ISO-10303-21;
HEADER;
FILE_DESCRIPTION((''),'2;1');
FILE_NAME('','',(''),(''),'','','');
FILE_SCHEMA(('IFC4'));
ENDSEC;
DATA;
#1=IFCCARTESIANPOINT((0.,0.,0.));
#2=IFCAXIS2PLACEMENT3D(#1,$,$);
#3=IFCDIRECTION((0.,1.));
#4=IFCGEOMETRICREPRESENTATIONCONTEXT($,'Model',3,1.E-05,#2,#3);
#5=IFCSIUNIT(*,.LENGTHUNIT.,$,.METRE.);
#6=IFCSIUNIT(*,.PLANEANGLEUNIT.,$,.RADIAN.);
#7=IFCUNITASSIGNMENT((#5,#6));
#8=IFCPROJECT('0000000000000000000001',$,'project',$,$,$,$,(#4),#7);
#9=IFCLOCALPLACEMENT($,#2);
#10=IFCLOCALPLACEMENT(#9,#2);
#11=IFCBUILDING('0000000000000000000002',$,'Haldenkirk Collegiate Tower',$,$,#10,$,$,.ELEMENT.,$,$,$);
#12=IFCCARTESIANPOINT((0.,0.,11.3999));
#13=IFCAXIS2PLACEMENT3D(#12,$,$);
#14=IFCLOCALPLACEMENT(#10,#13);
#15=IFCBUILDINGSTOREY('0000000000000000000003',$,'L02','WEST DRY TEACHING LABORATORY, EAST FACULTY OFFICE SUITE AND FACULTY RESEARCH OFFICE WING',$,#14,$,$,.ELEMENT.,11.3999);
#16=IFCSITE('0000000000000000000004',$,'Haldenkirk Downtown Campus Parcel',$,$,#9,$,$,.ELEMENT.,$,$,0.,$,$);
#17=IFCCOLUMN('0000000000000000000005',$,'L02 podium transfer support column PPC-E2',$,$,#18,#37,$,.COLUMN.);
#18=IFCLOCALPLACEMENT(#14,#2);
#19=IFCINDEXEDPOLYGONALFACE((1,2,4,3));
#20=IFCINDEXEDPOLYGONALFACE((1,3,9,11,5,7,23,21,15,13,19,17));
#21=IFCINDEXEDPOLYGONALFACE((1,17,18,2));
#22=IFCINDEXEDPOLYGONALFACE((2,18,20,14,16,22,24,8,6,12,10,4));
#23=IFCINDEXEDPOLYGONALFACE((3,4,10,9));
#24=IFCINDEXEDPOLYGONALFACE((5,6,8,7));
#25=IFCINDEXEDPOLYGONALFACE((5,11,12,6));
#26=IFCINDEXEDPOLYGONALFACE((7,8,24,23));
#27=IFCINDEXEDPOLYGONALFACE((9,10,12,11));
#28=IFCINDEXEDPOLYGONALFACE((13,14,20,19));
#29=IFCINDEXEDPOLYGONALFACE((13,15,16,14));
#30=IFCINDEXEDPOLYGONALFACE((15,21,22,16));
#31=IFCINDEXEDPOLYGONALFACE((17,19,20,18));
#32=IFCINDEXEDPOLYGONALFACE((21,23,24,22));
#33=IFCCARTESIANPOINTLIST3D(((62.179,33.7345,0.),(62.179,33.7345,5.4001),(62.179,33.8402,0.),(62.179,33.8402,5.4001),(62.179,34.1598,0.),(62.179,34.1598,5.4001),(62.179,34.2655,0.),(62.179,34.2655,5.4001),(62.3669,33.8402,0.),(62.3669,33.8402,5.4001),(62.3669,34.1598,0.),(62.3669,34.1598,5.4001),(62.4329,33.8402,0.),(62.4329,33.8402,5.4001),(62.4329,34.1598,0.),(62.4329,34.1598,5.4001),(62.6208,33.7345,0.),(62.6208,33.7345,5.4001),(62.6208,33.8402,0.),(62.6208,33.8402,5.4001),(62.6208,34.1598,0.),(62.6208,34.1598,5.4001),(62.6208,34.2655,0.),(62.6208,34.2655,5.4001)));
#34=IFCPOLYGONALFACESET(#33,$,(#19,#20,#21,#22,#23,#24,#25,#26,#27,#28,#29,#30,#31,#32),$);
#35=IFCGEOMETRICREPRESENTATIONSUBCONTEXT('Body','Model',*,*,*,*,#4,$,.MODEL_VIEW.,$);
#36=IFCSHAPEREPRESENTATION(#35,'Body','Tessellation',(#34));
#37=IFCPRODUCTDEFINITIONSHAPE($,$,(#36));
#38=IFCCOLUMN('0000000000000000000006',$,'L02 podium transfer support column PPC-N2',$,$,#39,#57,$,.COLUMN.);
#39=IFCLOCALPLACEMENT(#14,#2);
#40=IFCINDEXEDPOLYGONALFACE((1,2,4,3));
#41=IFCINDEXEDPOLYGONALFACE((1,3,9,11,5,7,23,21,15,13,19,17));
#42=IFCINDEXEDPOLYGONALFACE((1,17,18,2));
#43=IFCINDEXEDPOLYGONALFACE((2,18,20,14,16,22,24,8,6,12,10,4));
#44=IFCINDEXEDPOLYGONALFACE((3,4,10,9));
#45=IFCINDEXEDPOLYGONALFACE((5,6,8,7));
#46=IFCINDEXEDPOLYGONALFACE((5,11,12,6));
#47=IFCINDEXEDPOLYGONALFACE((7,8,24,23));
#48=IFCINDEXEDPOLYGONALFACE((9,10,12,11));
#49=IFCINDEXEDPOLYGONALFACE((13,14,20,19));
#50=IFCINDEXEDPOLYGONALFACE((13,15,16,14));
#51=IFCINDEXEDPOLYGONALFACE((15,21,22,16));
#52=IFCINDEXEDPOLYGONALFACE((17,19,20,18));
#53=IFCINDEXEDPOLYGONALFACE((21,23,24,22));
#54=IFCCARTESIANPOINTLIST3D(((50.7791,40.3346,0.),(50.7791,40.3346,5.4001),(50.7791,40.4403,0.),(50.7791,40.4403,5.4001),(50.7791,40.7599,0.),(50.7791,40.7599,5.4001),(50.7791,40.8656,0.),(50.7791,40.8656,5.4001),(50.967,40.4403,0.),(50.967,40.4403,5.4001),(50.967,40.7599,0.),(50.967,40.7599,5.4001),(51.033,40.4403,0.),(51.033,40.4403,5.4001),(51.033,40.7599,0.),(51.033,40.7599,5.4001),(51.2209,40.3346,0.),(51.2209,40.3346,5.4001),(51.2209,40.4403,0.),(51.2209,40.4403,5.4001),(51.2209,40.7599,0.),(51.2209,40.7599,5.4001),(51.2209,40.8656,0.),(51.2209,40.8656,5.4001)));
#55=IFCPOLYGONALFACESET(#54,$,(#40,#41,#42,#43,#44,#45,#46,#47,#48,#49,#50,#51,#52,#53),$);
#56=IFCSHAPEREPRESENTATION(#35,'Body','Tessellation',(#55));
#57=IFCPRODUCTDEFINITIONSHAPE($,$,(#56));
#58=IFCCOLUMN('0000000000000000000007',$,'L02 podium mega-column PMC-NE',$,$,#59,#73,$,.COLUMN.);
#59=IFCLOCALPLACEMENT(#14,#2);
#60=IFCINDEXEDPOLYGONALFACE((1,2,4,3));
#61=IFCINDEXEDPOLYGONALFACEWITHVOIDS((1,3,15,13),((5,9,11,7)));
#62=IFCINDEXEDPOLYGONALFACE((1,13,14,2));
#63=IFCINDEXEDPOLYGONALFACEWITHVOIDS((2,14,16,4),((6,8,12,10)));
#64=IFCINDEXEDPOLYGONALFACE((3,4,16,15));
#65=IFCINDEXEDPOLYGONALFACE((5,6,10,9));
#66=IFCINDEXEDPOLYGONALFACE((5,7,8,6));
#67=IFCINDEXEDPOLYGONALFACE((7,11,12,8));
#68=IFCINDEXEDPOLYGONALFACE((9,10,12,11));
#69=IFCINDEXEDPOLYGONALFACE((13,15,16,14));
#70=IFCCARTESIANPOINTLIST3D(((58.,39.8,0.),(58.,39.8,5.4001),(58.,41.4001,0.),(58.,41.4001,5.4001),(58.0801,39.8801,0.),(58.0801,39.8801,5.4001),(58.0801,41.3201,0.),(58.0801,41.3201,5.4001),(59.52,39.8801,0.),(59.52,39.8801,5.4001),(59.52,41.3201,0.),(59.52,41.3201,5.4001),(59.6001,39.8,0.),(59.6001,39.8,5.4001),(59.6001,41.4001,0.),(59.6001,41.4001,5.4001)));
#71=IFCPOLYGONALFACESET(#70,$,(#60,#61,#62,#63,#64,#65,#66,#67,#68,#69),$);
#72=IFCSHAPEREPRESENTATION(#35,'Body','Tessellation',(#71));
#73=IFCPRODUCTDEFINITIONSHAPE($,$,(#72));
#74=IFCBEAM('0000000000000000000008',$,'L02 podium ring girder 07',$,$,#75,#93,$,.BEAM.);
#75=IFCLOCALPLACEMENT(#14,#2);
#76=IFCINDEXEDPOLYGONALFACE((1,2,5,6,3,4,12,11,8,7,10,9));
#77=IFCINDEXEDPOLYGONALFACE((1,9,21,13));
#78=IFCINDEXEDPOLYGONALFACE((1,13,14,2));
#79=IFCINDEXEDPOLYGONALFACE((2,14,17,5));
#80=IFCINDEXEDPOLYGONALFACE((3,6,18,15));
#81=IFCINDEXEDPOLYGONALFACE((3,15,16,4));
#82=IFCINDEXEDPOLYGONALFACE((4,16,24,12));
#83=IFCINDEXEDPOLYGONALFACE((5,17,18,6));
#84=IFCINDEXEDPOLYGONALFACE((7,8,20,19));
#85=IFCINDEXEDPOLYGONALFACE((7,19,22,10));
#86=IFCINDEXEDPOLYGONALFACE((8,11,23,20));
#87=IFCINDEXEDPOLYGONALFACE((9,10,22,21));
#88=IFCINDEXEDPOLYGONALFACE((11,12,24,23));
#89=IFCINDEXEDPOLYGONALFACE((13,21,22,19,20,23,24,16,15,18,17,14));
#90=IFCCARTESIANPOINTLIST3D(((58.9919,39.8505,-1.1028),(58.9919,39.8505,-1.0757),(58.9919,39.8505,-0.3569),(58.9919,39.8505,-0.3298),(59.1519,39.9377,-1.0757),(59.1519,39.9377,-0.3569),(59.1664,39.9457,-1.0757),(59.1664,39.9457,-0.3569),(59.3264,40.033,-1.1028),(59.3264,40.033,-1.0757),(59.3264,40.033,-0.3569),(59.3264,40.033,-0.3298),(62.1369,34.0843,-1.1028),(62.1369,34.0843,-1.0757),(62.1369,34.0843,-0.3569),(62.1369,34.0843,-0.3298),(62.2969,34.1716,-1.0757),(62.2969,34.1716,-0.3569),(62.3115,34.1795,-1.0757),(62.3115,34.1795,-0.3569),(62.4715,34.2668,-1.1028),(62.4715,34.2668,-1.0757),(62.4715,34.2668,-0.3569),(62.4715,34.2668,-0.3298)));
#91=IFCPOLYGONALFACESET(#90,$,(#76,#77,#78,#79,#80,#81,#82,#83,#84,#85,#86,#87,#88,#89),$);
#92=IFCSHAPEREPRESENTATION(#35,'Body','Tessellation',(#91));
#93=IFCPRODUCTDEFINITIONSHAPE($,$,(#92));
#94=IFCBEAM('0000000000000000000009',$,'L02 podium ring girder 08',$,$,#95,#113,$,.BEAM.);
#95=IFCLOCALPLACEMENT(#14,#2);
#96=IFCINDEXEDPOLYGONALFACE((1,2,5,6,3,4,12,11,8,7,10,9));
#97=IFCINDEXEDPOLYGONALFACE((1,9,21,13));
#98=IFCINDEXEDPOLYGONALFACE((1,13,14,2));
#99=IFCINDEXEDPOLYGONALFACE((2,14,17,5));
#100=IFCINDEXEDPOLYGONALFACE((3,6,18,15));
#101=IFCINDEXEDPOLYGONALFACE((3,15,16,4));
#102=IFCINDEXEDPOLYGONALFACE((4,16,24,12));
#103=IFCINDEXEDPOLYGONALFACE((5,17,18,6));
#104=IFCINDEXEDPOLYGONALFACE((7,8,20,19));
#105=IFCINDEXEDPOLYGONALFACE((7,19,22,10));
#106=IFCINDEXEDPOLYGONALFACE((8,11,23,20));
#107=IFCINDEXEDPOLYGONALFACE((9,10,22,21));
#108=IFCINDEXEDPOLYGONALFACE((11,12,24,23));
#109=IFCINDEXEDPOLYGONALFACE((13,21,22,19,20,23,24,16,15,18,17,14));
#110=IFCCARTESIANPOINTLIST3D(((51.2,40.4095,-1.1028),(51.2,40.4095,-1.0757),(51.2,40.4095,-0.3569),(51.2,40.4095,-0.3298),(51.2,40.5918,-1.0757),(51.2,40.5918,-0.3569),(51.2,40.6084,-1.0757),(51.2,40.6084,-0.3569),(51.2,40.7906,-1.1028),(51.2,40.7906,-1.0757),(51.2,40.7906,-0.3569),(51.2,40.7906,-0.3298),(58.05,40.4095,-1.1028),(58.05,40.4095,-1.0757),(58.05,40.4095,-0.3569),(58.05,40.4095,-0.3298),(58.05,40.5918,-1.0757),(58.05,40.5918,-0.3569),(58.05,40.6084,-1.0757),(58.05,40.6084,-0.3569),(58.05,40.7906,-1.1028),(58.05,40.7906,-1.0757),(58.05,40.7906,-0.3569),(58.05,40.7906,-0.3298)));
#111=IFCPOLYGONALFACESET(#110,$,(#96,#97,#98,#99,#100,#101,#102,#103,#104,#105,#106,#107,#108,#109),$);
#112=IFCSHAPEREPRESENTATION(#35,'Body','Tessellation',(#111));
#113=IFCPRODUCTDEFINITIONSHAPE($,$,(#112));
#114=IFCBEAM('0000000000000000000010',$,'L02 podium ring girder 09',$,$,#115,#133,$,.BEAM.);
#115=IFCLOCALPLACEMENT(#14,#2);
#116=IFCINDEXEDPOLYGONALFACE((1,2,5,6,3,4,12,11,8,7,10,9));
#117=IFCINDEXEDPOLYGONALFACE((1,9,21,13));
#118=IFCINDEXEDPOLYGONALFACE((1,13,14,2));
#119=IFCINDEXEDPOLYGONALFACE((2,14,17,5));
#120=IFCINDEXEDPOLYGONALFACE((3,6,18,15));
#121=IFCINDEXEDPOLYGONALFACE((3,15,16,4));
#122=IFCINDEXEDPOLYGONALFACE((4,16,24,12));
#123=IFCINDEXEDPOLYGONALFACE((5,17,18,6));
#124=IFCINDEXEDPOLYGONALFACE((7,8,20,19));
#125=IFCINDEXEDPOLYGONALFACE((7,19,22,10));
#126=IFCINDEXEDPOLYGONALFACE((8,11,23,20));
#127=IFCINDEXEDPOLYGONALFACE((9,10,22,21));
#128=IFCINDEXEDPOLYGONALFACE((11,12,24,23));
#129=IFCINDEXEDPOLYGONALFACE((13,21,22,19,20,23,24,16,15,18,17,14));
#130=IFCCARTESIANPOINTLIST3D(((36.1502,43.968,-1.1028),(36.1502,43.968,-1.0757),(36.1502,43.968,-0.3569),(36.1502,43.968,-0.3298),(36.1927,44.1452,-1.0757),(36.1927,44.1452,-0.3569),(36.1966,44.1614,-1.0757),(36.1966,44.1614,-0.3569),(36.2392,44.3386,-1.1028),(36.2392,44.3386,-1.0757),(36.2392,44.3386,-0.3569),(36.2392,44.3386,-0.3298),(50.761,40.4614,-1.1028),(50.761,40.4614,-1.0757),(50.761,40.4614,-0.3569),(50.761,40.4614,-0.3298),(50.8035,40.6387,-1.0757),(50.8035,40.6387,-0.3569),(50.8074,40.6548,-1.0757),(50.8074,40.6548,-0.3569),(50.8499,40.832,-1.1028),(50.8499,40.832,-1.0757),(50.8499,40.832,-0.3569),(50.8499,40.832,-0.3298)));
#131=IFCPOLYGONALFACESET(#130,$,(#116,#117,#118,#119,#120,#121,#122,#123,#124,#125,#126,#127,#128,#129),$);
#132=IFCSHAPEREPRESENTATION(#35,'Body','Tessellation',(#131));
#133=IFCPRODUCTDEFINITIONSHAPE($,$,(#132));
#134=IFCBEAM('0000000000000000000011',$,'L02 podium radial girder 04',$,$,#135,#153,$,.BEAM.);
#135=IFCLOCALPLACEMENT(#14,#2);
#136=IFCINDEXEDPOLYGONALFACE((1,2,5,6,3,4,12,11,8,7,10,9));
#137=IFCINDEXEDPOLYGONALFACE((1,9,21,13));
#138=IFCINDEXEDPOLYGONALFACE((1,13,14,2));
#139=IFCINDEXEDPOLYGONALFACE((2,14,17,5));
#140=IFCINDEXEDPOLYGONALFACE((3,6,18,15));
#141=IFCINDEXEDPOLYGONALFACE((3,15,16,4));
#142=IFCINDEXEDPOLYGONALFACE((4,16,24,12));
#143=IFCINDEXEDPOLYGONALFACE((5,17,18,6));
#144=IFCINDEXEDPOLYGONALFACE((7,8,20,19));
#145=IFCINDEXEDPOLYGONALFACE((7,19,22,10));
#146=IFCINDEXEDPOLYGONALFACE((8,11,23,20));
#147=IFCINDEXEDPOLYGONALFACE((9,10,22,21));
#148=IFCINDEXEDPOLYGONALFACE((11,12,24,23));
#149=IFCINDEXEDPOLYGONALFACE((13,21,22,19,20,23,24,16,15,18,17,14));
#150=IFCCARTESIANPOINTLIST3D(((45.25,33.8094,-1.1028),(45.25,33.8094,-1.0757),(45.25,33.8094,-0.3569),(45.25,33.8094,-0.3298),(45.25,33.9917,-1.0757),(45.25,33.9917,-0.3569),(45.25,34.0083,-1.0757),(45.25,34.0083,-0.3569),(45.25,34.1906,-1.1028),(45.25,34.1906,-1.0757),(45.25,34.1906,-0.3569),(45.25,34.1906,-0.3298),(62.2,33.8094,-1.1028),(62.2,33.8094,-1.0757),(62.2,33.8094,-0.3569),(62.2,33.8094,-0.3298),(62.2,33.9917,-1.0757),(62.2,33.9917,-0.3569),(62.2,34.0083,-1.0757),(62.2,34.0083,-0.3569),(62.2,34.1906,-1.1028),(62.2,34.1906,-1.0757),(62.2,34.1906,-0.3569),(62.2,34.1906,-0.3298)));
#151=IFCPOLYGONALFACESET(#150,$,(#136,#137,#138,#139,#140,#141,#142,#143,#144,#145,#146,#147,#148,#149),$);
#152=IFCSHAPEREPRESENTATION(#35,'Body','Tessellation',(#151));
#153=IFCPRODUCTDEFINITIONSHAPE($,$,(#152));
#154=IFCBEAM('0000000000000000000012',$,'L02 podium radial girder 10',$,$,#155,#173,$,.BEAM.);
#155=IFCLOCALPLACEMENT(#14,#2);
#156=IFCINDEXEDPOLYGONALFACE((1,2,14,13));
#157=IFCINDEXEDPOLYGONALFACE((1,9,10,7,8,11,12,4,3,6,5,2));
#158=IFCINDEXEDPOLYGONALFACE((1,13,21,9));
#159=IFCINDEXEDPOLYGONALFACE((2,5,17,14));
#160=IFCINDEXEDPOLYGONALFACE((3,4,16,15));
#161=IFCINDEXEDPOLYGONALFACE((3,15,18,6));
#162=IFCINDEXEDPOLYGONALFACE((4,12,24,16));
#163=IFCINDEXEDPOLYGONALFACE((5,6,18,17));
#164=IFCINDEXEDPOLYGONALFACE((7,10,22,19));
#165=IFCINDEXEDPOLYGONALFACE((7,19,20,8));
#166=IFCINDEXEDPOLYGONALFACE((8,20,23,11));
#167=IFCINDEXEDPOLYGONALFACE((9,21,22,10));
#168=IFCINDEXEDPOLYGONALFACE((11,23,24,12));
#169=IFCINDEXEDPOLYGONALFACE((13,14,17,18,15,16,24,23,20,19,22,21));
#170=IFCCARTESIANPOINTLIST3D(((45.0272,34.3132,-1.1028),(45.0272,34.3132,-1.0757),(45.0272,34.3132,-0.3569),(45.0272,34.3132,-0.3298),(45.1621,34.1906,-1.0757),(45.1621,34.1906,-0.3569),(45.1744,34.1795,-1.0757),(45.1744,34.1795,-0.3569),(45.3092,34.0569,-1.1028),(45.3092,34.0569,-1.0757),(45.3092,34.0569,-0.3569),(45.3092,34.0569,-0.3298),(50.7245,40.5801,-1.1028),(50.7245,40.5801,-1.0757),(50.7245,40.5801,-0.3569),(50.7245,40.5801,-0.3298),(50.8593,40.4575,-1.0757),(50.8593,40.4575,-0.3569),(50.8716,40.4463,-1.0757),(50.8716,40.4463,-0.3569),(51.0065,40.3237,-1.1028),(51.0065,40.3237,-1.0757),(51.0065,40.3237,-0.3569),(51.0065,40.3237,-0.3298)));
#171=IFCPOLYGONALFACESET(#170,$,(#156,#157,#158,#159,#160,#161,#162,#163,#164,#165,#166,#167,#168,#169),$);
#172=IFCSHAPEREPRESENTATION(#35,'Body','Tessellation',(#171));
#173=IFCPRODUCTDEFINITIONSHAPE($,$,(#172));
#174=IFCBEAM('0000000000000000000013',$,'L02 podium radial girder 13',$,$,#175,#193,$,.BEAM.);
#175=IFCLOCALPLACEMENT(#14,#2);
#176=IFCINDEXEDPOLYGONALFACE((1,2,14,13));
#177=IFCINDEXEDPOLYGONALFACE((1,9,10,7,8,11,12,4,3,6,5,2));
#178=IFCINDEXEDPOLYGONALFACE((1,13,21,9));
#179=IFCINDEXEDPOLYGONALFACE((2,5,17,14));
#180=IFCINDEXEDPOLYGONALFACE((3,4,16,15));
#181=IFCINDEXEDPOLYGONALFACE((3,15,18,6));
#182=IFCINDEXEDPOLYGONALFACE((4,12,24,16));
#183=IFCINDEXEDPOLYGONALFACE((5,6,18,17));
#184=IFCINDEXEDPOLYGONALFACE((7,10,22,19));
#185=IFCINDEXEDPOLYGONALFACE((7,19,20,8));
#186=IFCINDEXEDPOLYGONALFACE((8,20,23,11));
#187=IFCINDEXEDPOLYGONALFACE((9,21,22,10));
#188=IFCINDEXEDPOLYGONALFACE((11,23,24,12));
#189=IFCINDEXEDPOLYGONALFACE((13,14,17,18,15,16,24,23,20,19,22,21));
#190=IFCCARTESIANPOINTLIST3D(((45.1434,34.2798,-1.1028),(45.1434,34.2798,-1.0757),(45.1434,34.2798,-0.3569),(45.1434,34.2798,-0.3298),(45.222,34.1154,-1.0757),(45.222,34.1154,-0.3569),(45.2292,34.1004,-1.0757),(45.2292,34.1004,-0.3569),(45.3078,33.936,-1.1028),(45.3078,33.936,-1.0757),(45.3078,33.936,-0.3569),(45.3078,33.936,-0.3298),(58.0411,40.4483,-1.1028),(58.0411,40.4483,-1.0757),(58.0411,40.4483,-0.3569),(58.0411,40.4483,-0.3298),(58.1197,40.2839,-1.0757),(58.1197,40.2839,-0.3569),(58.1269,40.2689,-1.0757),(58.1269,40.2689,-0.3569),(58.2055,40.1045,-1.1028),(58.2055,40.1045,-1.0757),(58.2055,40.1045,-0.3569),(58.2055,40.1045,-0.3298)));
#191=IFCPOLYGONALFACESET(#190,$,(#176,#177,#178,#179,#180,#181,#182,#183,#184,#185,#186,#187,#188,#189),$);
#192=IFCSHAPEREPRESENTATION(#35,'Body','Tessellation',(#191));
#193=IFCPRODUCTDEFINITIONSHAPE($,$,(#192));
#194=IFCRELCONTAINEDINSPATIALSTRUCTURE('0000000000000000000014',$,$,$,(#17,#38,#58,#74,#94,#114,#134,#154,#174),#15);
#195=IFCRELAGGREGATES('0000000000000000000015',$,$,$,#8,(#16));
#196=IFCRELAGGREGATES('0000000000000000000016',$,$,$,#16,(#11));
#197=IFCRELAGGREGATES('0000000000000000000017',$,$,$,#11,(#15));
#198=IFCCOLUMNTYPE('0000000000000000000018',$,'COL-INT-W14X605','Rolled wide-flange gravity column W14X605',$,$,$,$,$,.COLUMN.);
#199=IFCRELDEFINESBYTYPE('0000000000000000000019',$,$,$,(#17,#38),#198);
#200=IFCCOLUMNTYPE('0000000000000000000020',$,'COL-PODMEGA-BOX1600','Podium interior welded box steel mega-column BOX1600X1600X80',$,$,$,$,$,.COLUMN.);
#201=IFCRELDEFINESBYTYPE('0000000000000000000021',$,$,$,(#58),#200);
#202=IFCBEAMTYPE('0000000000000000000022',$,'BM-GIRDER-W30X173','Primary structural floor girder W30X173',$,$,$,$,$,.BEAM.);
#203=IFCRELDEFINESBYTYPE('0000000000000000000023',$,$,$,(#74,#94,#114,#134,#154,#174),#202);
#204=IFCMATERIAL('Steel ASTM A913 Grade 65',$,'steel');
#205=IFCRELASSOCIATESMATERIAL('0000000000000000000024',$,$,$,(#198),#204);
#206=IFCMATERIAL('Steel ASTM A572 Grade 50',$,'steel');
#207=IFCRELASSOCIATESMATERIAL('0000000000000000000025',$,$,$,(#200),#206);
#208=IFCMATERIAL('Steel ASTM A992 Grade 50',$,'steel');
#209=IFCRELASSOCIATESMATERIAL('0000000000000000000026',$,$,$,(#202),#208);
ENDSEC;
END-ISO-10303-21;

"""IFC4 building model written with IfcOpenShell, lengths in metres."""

from ifc_helpers import new_model, si_unit, direction, frame, origin, origin_2d, place, context, subcontext, project, spatial, hollow_rectangle, i_section, extrude, material, material_profile, profile_set, type_object, element, save


model = new_model("IFC4")

# Units and contexts
model_context = context("Model", 3, precision=1e-05, world=origin(), true_north=direction((0.0, 1.0)))
body_context = subcontext(model_context, "Body", "Model", "MODEL_VIEW")
ifc_project = project(units=[si_unit("LENGTHUNIT", "METRE"), si_unit("PLANEANGLEUNIT", "RADIAN")], contexts=[model_context])

# Site, building, storey
site_placement = place(None, origin())
site = spatial("IfcSite", under=ifc_project, at=site_placement, Name="Haldenkirk Downtown Campus Parcel", CompositionType="ELEMENT", RefElevation=0.0)
building_placement = place(site_placement, origin())
building = spatial("IfcBuilding", under=site, at=building_placement, Name="Haldenkirk Collegiate Tower", CompositionType="ELEMENT")
storey_placement = place(building_placement, frame((0.0, 0.0, 11.3999)))
storey = spatial("IfcBuildingStorey", under=building, at=storey_placement, Name="L02", Description="WEST DRY TEACHING LABORATORY, EAST FACULTY OFFICE SUITE AND FACULTY RESEARCH OFFICE WING", CompositionType="ELEMENT", Elevation=11.3999)

# Columns
ifc_material_1 = material(Name="Steel ASTM A913 Grade 65", Category="steel")
ifc_material_profile_1 = material_profile(ifc_material_1, i_section(OverallWidth=0.4419, OverallDepth=0.531, WebThickness=0.0659, FlangeThickness=0.1057, at=origin_2d()), Name="W14X605")
ifc_profile_set_1 = profile_set([ifc_material_profile_1], Name="Steel ASTM A913 Grade 65")
column_type_1 = type_object("IfcColumnType", Name="COL-INT-W14X605", Description="Rolled wide-flange gravity column W14X605", PredefinedType="COLUMN", material=ifc_profile_set_1)
for number, where, z_axis, x_axis, name in (
    (1, (62.3999, 34.0, 0.0), (0.0, 0.0, 1.0), (1.0, 0.0, 0.0), "L02 podium transfer support column PPC-E2"),
    (2, (51.0, 40.6001, 0.0), (0.0, 0.0, 1.0), (1.0, 0.0, 0.0), "L02 podium transfer support column PPC-N2"),
):
    element("IfcColumn", number, at=place(storey_placement, frame(where, z_axis=z_axis, x_axis=x_axis)), inside=storey, type_object=column_type_1, Name=name, PredefinedType="COLUMN", context=body_context, shape_type="SweptSolid", body=[
        extrude(i_section(OverallWidth=0.4419, OverallDepth=0.531, WebThickness=0.0659, FlangeThickness=0.1057, at=origin_2d()), origin(), (0.0, 0.0, 1.0), 5.4001),
    ])
ifc_material_2 = material(Name="Steel ASTM A572 Grade 50", Category="steel")
ifc_material_profile_2 = material_profile(ifc_material_2, hollow_rectangle(XDim=1.6001, YDim=1.6001, WallThickness=0.0801, at=origin_2d()), Name="BOX1600X1600X80")
ifc_profile_set_2 = profile_set([ifc_material_profile_2], Name="Steel ASTM A572 Grade 50")
column_type_2 = type_object("IfcColumnType", Name="COL-PODMEGA-BOX1600", Description="Podium interior welded box steel mega-column BOX1600X1600X80", PredefinedType="COLUMN", material=ifc_profile_set_2)
column_placement = place(storey_placement, frame((58.8, 40.6001, 0.0), z_axis=(0.0, 0.0, 1.0), x_axis=(1.0, 0.0, 0.0)))
element("IfcColumn", 3, at=column_placement, inside=storey, type_object=column_type_2, Name="L02 podium mega-column PMC-NE", PredefinedType="COLUMN", context=body_context, shape_type="SweptSolid", body=[
    extrude(hollow_rectangle(XDim=1.6001, YDim=1.6001, WallThickness=0.0801, at=origin_2d()), origin(), (0.0, 0.0, 1.0), 5.4001),
])

# Beams
ifc_material_3 = material(Name="Steel ASTM A992 Grade 50", Category="steel")
ifc_material_profile_3 = material_profile(ifc_material_3, i_section(OverallWidth=0.3811, OverallDepth=0.7729, WebThickness=0.0166, FlangeThickness=0.0271, at=origin_2d()), Name="W30X173")
ifc_profile_set_3 = profile_set([ifc_material_profile_3], Name="Steel ASTM A992 Grade 50")
beam_type_1 = type_object("IfcBeamType", Name="BM-GIRDER-W30X173", Description="Primary structural floor girder W30X173", PredefinedType="BEAM", material=ifc_profile_set_3)
beam_1_placement = place(storey_placement, frame((62.3042, 34.1755, -0.7163), z_axis=(-0.478837, 0.877904, 0.0), x_axis=(-0.877904, -0.478837, 0.0)))
element("IfcBeam", 4, at=beam_1_placement, inside=storey, type_object=beam_type_1, Name="L02 podium ring girder 07", PredefinedType="BEAM", context=body_context, shape_type="SweptSolid", body=[
    extrude(i_section(OverallWidth=0.3811, OverallDepth=0.7729, WebThickness=0.0166, FlangeThickness=0.0271, at=origin_2d()), origin(), (0.0, 0.0, 1.0), 6.5681),
])
beam_2_placement = place(storey_placement, frame((58.05, 40.6001, -0.7163), z_axis=(-1.0, 0.0, 0.0), x_axis=(0.0, -1.0, 0.0)))
element("IfcBeam", 5, at=beam_2_placement, inside=storey, type_object=beam_type_1, Name="L02 podium ring girder 08", PredefinedType="BEAM", context=body_context, shape_type="SweptSolid", body=[
    extrude(i_section(OverallWidth=0.3811, OverallDepth=0.7729, WebThickness=0.0166, FlangeThickness=0.0271, at=origin_2d()), origin(), (0.0, 0.0, 1.0), 6.8501),
])
beam_3_placement = place(storey_placement, frame((50.8054, 40.6467, -0.7163), z_axis=(-0.972387, 0.233372, 0.0), x_axis=(-0.233372, -0.972387, 0.0)))
element("IfcBeam", 6, at=beam_3_placement, inside=storey, type_object=beam_type_1, Name="L02 podium ring girder 09", PredefinedType="BEAM", context=body_context, shape_type="SweptSolid", body=[
    extrude(i_section(OverallWidth=0.3811, OverallDepth=0.7729, WebThickness=0.0166, FlangeThickness=0.0271, at=origin_2d()), origin(), (0.0, 0.0, 1.0), 15.0256),
])
beam_4_placement = place(storey_placement, frame((62.2, 34.0, -0.7163), z_axis=(-1.0, 0.0, 0.0), x_axis=(0.0, -1.0, 0.0)))
element("IfcBeam", 7, at=beam_4_placement, inside=storey, type_object=beam_type_1, Name="L02 podium radial girder 04", PredefinedType="BEAM", context=body_context, shape_type="SweptSolid", body=[
    extrude(i_section(OverallWidth=0.3811, OverallDepth=0.7729, WebThickness=0.0166, FlangeThickness=0.0271, at=origin_2d()), origin(), (0.0, 0.0, 1.0), 16.95),
])
beam_5_placement = place(storey_placement, frame((50.8655, 40.4519, -0.7163), z_axis=(-0.672681, -0.739932, 0.0), x_axis=(0.739932, -0.672681, 0.0)))
element("IfcBeam", 8, at=beam_5_placement, inside=storey, type_object=beam_type_1, Name="L02 podium radial girder 10", PredefinedType="BEAM", context=body_context, shape_type="SweptSolid", body=[
    extrude(i_section(OverallWidth=0.3811, OverallDepth=0.7729, WebThickness=0.0166, FlangeThickness=0.0271, at=origin_2d()), origin(), (0.0, 0.0, 1.0), 8.4695),
])
beam_6_placement = place(storey_placement, frame((58.1233, 40.2764, -0.7163), z_axis=(-0.902135, -0.431455, 0.0), x_axis=(0.431455, -0.902135, 0.0)))
element("IfcBeam", 9, at=beam_6_placement, inside=storey, type_object=beam_type_1, Name="L02 podium radial girder 13", PredefinedType="BEAM", context=body_context, shape_type="SweptSolid", body=[
    extrude(i_section(OverallWidth=0.3811, OverallDepth=0.7729, WebThickness=0.0166, FlangeThickness=0.0271, at=origin_2d()), origin(), (0.0, 0.0, 1.0), 14.2969),
])

save(model, "model.ifc")
